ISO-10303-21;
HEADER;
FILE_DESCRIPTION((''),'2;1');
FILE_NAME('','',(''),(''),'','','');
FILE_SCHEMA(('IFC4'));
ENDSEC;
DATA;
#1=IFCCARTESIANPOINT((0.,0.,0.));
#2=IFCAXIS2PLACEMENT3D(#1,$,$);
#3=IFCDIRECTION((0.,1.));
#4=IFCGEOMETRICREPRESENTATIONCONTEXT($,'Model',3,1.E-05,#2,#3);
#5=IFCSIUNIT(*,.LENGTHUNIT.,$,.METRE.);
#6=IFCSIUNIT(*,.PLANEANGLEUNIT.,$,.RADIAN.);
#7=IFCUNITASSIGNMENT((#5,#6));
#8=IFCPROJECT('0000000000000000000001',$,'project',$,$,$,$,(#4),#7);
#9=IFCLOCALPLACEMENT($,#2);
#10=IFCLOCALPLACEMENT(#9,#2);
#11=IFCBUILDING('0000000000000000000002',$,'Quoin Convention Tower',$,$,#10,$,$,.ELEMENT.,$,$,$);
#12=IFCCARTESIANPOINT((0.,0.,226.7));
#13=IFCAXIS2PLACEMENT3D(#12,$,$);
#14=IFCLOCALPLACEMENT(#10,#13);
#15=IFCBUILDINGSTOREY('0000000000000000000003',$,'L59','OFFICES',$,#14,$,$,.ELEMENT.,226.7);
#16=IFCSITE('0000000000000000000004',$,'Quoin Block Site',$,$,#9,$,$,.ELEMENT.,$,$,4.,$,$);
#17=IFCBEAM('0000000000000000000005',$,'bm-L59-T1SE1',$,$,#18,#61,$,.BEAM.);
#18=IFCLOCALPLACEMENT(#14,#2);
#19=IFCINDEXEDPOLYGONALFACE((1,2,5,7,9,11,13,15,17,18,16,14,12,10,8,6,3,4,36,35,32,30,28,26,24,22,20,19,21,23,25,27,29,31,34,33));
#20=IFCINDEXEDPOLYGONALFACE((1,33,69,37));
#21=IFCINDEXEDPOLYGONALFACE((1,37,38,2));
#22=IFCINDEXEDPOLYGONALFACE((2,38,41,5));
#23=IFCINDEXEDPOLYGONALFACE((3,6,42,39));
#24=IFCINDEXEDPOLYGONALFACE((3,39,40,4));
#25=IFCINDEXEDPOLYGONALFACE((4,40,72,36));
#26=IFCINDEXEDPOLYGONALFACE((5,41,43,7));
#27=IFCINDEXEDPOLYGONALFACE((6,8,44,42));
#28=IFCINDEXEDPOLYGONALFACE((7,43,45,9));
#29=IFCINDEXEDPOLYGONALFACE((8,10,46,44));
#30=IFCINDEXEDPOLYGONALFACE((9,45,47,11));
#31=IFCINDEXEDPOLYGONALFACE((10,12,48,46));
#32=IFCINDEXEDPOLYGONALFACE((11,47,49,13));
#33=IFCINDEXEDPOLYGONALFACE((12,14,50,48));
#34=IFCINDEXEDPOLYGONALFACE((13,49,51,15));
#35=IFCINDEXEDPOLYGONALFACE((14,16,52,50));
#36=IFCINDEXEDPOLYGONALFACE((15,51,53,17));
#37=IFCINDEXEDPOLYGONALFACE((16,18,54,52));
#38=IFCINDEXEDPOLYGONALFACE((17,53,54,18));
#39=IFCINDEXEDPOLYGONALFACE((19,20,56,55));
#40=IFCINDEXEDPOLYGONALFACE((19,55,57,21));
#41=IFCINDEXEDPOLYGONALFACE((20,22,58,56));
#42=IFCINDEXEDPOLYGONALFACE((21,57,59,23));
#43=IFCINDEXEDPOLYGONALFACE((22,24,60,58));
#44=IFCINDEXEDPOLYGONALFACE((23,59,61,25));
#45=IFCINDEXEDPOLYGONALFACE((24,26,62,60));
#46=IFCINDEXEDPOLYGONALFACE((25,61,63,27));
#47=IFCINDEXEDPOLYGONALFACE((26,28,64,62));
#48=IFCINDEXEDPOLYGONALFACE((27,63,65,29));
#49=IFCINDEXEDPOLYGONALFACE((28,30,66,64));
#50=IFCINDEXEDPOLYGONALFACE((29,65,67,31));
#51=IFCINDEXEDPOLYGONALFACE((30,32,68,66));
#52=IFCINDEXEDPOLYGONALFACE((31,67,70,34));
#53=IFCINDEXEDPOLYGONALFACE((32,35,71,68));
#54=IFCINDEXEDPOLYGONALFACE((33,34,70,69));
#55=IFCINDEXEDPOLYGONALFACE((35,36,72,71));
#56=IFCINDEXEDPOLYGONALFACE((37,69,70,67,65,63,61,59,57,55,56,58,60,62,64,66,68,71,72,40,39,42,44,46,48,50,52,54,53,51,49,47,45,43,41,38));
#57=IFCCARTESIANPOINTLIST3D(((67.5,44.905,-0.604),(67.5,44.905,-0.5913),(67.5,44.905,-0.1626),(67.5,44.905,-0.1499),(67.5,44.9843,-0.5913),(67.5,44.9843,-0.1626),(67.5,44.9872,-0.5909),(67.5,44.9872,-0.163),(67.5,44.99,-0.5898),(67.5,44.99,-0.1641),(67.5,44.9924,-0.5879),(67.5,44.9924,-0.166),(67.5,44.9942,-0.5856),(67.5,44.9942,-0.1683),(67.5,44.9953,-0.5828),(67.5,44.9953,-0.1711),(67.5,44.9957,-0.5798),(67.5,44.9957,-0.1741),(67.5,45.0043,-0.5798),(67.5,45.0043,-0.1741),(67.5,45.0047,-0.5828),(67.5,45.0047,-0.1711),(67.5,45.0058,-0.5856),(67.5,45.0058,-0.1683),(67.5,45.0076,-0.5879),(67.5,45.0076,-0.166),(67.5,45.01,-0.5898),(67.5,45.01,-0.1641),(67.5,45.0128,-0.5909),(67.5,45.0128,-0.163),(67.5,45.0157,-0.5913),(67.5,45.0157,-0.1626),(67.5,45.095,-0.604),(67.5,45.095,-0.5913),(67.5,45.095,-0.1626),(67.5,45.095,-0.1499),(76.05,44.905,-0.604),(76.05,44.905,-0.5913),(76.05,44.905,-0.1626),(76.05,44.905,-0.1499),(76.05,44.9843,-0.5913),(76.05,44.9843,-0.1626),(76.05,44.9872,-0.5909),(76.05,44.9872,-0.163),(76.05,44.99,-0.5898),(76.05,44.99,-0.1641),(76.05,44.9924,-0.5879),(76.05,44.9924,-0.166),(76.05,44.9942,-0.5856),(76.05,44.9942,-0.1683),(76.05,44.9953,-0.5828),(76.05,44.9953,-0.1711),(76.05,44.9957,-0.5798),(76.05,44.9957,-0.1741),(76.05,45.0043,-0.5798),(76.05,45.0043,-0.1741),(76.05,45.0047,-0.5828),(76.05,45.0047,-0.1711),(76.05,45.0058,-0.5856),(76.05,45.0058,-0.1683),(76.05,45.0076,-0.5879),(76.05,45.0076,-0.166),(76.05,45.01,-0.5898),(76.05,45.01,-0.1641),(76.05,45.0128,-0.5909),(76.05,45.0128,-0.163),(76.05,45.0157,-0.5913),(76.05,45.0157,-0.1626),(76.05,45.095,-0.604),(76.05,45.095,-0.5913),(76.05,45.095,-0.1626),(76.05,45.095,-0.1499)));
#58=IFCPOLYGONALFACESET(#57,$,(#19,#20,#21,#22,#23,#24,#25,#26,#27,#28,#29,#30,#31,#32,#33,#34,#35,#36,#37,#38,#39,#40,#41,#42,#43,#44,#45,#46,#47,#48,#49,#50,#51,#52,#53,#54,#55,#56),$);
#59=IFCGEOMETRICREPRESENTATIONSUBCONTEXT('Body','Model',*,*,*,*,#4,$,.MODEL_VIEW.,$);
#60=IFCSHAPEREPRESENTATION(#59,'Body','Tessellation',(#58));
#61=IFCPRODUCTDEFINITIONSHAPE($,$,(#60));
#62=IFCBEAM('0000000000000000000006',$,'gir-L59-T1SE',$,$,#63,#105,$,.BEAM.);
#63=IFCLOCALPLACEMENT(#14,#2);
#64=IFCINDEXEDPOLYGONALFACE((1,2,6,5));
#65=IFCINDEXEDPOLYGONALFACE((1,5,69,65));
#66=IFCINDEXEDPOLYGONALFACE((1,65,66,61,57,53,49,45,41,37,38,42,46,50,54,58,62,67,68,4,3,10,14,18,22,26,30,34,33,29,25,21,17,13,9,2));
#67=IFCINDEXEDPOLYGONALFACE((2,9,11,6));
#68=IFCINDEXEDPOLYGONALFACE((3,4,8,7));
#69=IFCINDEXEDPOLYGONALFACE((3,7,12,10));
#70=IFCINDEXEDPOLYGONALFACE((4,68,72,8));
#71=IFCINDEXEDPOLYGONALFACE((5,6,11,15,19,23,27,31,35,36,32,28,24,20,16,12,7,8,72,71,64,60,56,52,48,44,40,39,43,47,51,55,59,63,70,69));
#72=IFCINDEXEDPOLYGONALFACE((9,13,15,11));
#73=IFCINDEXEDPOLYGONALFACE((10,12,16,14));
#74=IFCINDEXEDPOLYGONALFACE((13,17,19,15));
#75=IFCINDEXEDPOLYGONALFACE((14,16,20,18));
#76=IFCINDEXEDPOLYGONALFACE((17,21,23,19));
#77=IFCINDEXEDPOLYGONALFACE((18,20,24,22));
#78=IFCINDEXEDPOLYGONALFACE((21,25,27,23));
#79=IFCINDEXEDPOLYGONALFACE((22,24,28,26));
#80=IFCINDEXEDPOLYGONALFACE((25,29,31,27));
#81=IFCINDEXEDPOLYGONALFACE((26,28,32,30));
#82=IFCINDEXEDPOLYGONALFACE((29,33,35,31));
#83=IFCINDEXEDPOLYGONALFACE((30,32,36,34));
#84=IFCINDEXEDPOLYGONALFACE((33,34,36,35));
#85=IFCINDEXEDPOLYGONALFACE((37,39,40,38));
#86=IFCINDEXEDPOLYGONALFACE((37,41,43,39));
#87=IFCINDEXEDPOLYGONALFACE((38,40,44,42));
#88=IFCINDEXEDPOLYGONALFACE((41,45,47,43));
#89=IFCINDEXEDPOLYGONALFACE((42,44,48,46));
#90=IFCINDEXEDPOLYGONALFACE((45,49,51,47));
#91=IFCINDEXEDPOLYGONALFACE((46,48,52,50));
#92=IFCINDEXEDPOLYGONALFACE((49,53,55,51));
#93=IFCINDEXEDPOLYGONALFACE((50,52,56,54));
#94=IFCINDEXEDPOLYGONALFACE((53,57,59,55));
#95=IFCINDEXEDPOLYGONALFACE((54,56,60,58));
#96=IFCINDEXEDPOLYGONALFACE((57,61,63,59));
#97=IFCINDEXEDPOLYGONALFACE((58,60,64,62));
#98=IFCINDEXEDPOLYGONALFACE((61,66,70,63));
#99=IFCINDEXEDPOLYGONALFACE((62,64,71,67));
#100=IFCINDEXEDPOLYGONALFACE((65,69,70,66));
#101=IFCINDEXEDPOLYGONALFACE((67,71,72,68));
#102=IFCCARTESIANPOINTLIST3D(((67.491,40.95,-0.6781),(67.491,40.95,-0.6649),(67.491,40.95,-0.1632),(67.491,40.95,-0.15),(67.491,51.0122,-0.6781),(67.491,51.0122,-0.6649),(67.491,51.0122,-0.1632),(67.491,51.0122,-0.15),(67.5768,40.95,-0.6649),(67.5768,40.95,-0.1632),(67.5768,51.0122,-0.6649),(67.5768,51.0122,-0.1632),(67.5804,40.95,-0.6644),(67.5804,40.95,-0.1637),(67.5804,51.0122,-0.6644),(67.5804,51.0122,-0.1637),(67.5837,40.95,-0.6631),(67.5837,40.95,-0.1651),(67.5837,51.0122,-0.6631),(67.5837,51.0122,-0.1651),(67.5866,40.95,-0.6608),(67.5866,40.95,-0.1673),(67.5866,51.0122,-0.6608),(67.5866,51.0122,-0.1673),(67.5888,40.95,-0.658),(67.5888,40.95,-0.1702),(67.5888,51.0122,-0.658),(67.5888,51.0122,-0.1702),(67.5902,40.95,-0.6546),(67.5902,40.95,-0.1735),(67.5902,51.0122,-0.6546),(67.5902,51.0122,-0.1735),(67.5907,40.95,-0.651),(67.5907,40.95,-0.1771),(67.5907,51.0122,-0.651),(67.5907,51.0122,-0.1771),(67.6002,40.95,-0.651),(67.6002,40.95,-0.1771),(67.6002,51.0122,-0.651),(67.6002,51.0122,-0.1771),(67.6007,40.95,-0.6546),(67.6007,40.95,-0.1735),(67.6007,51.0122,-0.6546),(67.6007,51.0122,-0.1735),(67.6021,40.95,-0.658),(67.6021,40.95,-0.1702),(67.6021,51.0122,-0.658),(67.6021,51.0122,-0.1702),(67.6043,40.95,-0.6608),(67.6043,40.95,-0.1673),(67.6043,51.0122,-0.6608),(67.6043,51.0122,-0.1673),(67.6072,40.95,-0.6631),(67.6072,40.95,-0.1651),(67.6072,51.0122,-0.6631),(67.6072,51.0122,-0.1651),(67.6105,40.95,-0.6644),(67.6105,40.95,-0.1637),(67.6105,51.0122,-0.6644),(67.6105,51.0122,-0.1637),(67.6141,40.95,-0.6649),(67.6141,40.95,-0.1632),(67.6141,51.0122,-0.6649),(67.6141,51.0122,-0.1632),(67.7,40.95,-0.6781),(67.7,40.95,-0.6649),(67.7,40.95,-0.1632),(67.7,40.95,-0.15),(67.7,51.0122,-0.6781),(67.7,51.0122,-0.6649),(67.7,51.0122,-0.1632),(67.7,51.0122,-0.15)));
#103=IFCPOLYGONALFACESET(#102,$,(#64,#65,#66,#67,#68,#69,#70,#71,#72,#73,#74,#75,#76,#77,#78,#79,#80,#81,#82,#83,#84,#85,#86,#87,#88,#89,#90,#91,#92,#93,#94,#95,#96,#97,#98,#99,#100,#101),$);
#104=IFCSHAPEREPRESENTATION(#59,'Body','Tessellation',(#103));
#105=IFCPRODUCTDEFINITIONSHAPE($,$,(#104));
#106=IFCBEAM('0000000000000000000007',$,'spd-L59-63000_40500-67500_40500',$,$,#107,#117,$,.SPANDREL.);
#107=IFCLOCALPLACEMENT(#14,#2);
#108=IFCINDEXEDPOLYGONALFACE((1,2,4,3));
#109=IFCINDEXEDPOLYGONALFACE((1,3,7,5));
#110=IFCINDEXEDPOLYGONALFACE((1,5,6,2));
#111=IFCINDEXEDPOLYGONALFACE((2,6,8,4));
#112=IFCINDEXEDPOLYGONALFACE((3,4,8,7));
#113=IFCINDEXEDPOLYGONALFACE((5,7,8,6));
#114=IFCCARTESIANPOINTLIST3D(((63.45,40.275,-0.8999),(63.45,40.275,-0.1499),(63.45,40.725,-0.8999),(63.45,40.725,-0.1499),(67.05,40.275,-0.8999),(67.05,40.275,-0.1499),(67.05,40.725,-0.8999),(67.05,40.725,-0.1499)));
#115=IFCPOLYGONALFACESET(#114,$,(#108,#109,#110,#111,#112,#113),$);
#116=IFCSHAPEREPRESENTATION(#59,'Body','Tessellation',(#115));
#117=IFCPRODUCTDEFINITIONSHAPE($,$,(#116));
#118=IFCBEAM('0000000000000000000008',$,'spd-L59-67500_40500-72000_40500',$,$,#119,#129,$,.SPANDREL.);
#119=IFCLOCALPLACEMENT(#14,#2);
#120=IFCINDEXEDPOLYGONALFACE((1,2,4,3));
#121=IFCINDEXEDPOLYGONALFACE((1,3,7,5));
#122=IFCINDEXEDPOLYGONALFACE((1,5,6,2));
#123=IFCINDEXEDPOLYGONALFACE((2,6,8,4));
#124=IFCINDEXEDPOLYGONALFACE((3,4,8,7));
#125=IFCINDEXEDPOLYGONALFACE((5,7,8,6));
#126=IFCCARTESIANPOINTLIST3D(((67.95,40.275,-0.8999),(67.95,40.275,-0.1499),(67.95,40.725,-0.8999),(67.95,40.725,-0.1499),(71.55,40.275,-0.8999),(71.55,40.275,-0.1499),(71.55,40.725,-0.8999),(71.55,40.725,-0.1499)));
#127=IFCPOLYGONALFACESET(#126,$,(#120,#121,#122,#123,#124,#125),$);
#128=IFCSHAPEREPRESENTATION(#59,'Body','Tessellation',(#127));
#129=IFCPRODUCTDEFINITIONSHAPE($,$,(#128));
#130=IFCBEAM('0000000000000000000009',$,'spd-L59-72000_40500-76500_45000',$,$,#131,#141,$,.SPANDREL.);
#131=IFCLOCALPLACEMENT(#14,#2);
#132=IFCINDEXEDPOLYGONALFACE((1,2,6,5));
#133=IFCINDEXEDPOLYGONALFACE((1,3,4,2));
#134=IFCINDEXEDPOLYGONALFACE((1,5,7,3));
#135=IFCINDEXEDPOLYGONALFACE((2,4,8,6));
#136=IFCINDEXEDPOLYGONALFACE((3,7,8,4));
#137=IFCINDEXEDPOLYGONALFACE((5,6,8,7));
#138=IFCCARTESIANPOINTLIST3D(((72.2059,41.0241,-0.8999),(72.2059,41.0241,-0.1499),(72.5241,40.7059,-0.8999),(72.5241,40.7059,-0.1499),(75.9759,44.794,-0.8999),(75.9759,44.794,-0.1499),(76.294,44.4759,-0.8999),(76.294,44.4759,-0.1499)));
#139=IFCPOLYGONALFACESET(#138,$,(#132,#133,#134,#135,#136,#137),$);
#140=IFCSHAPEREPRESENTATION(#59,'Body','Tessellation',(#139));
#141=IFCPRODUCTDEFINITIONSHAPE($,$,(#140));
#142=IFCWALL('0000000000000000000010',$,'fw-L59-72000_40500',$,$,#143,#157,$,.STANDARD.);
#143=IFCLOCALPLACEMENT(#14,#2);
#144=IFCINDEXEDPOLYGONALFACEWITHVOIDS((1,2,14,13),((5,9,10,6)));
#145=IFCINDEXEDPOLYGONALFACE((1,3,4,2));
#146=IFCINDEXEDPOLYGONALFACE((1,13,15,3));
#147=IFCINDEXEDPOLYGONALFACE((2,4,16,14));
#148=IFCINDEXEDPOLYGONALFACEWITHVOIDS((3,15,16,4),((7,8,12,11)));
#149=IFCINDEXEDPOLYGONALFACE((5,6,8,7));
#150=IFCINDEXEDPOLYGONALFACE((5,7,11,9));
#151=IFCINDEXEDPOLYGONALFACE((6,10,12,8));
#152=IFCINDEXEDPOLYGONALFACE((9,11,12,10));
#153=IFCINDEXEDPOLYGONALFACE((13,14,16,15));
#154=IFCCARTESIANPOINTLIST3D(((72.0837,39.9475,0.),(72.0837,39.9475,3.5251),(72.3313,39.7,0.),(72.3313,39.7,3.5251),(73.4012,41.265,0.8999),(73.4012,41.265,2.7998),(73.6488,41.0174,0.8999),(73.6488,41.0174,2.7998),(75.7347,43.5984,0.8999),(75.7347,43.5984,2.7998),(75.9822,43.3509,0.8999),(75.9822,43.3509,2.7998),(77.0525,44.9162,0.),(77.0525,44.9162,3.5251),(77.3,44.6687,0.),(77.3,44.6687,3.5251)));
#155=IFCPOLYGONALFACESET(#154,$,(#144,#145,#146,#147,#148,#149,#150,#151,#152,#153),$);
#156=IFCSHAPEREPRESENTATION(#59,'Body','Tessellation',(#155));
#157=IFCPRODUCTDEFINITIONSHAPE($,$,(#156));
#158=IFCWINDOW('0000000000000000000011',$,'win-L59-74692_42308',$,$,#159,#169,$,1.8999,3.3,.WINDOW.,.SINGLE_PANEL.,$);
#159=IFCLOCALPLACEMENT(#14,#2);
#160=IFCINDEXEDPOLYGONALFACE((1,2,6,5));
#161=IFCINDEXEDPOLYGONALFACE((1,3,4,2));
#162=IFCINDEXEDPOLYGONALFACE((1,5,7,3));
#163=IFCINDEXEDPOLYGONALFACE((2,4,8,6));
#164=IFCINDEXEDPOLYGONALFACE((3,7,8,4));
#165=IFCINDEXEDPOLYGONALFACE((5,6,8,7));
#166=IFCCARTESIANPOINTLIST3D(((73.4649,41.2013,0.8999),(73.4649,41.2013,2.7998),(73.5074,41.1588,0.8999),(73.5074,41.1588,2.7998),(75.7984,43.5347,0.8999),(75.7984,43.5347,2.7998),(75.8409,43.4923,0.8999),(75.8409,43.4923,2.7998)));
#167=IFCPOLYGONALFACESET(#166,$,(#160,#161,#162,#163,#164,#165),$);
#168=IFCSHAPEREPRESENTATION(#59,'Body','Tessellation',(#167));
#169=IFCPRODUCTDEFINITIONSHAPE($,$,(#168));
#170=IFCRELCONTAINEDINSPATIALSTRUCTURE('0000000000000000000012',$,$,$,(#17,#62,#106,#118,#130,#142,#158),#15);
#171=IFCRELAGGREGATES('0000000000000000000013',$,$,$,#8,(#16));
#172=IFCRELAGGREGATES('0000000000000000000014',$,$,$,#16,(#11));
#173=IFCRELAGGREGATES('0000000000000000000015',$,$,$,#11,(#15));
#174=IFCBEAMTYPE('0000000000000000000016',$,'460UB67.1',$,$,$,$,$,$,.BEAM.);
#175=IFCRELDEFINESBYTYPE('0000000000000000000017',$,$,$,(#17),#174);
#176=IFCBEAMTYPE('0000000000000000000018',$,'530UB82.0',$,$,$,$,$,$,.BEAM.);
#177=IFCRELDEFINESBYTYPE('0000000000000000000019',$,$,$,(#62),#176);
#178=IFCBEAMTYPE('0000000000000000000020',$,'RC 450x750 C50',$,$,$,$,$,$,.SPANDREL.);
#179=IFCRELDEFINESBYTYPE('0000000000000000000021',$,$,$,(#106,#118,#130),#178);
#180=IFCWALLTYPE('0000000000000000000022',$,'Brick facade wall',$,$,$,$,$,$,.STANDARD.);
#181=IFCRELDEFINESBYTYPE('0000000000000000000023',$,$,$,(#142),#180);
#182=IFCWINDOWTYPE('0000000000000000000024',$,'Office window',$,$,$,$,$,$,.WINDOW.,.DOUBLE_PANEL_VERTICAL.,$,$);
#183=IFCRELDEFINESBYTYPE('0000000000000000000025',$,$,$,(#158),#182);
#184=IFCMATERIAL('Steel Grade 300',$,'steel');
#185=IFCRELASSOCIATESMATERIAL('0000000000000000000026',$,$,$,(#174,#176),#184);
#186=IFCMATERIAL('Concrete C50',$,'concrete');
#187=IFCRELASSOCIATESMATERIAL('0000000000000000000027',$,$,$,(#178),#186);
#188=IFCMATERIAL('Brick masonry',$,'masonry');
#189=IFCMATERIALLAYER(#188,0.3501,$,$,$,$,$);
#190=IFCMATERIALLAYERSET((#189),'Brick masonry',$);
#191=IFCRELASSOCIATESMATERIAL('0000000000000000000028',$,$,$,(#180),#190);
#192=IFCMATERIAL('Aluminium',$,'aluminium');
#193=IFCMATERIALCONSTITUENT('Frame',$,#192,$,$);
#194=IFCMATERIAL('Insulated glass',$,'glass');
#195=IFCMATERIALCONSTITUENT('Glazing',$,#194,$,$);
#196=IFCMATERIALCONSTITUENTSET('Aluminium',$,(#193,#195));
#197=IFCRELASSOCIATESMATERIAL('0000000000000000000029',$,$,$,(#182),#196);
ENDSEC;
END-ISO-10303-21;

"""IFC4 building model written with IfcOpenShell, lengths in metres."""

from ifc_helpers import new_model, si_unit, direction, frame, frame_2d, origin, origin_2d, place, context, subcontext, project, spatial, rectangle, i_section, extrude, material, layer, layer_set, constituent, constituent_set, material_profile, profile_set, type_object, element, fill, save


model = new_model("IFC4")

# Units and contexts
model_context = context("Model", 3, precision=1e-05, world=origin(), true_north=direction((0.0, 1.0)))
body_context = subcontext(model_context, "Body", "Model", "MODEL_VIEW")
ifc_project = project(units=[si_unit("LENGTHUNIT", "METRE"), si_unit("PLANEANGLEUNIT", "RADIAN")], contexts=[model_context])

# Site, building, storey
site_placement = place(None, origin())
site = spatial("IfcSite", under=ifc_project, at=site_placement, Name="Quoin Block Site", CompositionType="ELEMENT", RefElevation=4.0)
building_placement = place(site_placement, origin())
building = spatial("IfcBuilding", under=site, at=building_placement, Name="Quoin Convention Tower", CompositionType="ELEMENT")
storey_placement = place(building_placement, frame((0.0, 0.0, 226.7)))
storey = spatial("IfcBuildingStorey", under=building, at=storey_placement, Name="L59", Description="OFFICES", CompositionType="ELEMENT", Elevation=226.7)

# Shared definitions
ifc_material_1 = material(Name="Concrete C50", Category="concrete")

# Beams
ifc_material_2 = material(Name="Steel Grade 300", Category="steel")
ifc_material_profile_1 = material_profile(ifc_material_2, i_section(OverallWidth=0.1899, OverallDepth=0.4541, WebThickness=0.0085, FlangeThickness=0.0127, FilletRadius=0.0115, at=origin_2d()), Name="460UB67.1")
ifc_profile_set_1 = profile_set([ifc_material_profile_1], Name="Steel Grade 300")
beam_type_1 = type_object("IfcBeamType", Name="460UB67.1", PredefinedType="BEAM", material=ifc_profile_set_1)
beam_1_placement = place(storey_placement, frame((67.5, 45.0, -0.377), z_axis=(1.0, 0.0, 0.0), x_axis=(0.0, 1.0, 0.0)))
element("IfcBeam", 1, at=beam_1_placement, inside=storey, type_object=beam_type_1, Name="bm-L59-T1SE1", PredefinedType="BEAM", context=body_context, shape_type="SweptSolid", body=[
    extrude(i_section(OverallWidth=0.1899, OverallDepth=0.4541, WebThickness=0.0085, FlangeThickness=0.0127, FilletRadius=0.0115, at=origin_2d()), origin(), (0.0, 0.0, 1.0), 8.55),
])
ifc_material_profile_2 = material_profile(ifc_material_2, i_section(OverallWidth=0.209, OverallDepth=0.5281, WebThickness=0.0095, FlangeThickness=0.0132, FilletRadius=0.0139, at=origin_2d()), Name="530UB82.0")
ifc_profile_set_2 = profile_set([ifc_material_profile_2], Name="Steel Grade 300")
beam_type_2 = type_object("IfcBeamType", Name="530UB82.0", PredefinedType="BEAM", material=ifc_profile_set_2)
beam_2_placement = place(storey_placement, frame((67.5955, 40.95, -0.4141), z_axis=(0.0, 1.0, 0.0), x_axis=(-1.0, 0.0, 0.0)))
element("IfcBeam", 2, at=beam_2_placement, inside=storey, type_object=beam_type_2, Name="gir-L59-T1SE", PredefinedType="BEAM", context=body_context, shape_type="SweptSolid", body=[
    extrude(i_section(OverallWidth=0.209, OverallDepth=0.5281, WebThickness=0.0095, FlangeThickness=0.0132, FilletRadius=0.0139, at=origin_2d()), origin(), (0.0, 0.0, 1.0), 10.0623),
])
ifc_material_profile_3 = material_profile(ifc_material_1, rectangle(XDim=0.45, YDim=0.75, at=origin_2d()), Name="RC 450x750")
ifc_profile_set_3 = profile_set([ifc_material_profile_3], Name="Concrete C50")
beam_type_3 = type_object("IfcBeamType", Name="RC 450x750 C50", PredefinedType="SPANDREL", material=ifc_profile_set_3)
for number, where, z_axis, x_axis, name in (
    (3, (63.45, 40.5, -0.5249), (1.0, 0.0, 0.0), (0.0, 1.0, 0.0), "spd-L59-63000_40500-67500_40500"),
    (4, (67.95, 40.5, -0.5249), (1.0, 0.0, 0.0), (0.0, 1.0, 0.0), "spd-L59-67500_40500-72000_40500"),
):
    element("IfcBeam", number, at=place(storey_placement, frame(where, z_axis=z_axis, x_axis=x_axis)), inside=storey, type_object=beam_type_3, Name=name, PredefinedType="SPANDREL", context=body_context, shape_type="SweptSolid", body=[
        extrude(rectangle(XDim=0.45, YDim=0.75, at=origin_2d()), origin(), (0.0, 0.0, 1.0), 3.6001),
    ])
beam_3_placement = place(storey_placement, frame((72.365, 40.865, -0.5249), z_axis=(0.707107, 0.707107, 0.0), x_axis=(-0.707107, 0.707107, 0.0)))
element("IfcBeam", 5, at=beam_3_placement, inside=storey, type_object=beam_type_3, Name="spd-L59-72000_40500-76500_45000", PredefinedType="SPANDREL", context=body_context, shape_type="SweptSolid", body=[
    extrude(rectangle(XDim=0.45, YDim=0.75, at=origin_2d()), origin(), (0.0, 0.0, 1.0), 5.3315),
])

# Wall, opening, window
ifc_material_3 = material(Name="Brick masonry", Category="masonry")
ifc_layer_1 = layer(ifc_material_3, 0.3501)
ifc_layer_set_1 = layer_set([ifc_layer_1], Name="Brick masonry")
wall_type_1 = type_object("IfcWallType", Name="Brick facade wall", PredefinedType="STANDARD", material=ifc_layer_set_1)
wall_1_placement = place(storey_placement, frame((72.2075, 39.8237, 0.0), z_axis=(0.0, 0.0, 1.0), x_axis=(0.707107, 0.707107, 0.0)))
wall_1 = element("IfcWall", 6, at=wall_1_placement, inside=storey, type_object=wall_type_1, Name="fw-L59-72000_40500", PredefinedType="STANDARD", context=body_context, shape_type="SweptSolid", body=[
    extrude(rectangle(XDim=7.0269, YDim=0.3501, at=frame_2d((3.5134, 0.0))), origin(), (0.0, 0.0, 1.0), 3.5251),
])
opening_1_placement = place(wall_1_placement, frame((1.8633, 0.0, 0.8999)))
opening_1 = element("IfcOpeningElement", 7, at=opening_1_placement, cuts=wall_1, PredefinedType="OPENING", context=body_context, shape_type="SweptSolid", body=[
    extrude(rectangle(XDim=3.3, YDim=1.8999, at=frame_2d((1.6499, 0.95))), frame((0.0, 0.1851, 0.0), z_axis=(0.0, -1.0, 0.0), x_axis=(1.0, 0.0, 0.0)), (0.0, 0.0, 1.0), 0.3701),
])
ifc_material_4 = material(Name="Aluminium", Category="aluminium")
ifc_constituent_1 = constituent(ifc_material_4, Name="Frame")
ifc_material_5 = material(Name="Insulated glass", Category="glass")
ifc_constituent_2 = constituent(ifc_material_5, Name="Glazing")
ifc_constituent_set = constituent_set(constituents=[ifc_constituent_1, ifc_constituent_2], Name="Aluminium")
window_type = type_object("IfcWindowType", Name="Office window", PartitioningType="DOUBLE_PANEL_VERTICAL", PredefinedType="WINDOW", material=ifc_constituent_set)
window_1_placement = place(opening_1_placement, origin())
window_1 = element("IfcWindow", 8, at=window_1_placement, inside=storey, type_object=window_type, Name="win-L59-74692_42308", OverallHeight=1.8999, OverallWidth=3.3, PartitioningType="SINGLE_PANEL", PredefinedType="WINDOW", context=body_context, shape_type="SweptSolid", body=[
    extrude(rectangle(XDim=3.3, YDim=1.8999, at=frame_2d((1.6499, 0.95))), frame((0.0, 0.085, 0.0), z_axis=(0.0, -1.0, 0.0), x_axis=(1.0, 0.0, 0.0)), (0.0, 0.0, 1.0), 0.0601),
])
fill(opening_1, window_1)

save(model, "model.ifc")
